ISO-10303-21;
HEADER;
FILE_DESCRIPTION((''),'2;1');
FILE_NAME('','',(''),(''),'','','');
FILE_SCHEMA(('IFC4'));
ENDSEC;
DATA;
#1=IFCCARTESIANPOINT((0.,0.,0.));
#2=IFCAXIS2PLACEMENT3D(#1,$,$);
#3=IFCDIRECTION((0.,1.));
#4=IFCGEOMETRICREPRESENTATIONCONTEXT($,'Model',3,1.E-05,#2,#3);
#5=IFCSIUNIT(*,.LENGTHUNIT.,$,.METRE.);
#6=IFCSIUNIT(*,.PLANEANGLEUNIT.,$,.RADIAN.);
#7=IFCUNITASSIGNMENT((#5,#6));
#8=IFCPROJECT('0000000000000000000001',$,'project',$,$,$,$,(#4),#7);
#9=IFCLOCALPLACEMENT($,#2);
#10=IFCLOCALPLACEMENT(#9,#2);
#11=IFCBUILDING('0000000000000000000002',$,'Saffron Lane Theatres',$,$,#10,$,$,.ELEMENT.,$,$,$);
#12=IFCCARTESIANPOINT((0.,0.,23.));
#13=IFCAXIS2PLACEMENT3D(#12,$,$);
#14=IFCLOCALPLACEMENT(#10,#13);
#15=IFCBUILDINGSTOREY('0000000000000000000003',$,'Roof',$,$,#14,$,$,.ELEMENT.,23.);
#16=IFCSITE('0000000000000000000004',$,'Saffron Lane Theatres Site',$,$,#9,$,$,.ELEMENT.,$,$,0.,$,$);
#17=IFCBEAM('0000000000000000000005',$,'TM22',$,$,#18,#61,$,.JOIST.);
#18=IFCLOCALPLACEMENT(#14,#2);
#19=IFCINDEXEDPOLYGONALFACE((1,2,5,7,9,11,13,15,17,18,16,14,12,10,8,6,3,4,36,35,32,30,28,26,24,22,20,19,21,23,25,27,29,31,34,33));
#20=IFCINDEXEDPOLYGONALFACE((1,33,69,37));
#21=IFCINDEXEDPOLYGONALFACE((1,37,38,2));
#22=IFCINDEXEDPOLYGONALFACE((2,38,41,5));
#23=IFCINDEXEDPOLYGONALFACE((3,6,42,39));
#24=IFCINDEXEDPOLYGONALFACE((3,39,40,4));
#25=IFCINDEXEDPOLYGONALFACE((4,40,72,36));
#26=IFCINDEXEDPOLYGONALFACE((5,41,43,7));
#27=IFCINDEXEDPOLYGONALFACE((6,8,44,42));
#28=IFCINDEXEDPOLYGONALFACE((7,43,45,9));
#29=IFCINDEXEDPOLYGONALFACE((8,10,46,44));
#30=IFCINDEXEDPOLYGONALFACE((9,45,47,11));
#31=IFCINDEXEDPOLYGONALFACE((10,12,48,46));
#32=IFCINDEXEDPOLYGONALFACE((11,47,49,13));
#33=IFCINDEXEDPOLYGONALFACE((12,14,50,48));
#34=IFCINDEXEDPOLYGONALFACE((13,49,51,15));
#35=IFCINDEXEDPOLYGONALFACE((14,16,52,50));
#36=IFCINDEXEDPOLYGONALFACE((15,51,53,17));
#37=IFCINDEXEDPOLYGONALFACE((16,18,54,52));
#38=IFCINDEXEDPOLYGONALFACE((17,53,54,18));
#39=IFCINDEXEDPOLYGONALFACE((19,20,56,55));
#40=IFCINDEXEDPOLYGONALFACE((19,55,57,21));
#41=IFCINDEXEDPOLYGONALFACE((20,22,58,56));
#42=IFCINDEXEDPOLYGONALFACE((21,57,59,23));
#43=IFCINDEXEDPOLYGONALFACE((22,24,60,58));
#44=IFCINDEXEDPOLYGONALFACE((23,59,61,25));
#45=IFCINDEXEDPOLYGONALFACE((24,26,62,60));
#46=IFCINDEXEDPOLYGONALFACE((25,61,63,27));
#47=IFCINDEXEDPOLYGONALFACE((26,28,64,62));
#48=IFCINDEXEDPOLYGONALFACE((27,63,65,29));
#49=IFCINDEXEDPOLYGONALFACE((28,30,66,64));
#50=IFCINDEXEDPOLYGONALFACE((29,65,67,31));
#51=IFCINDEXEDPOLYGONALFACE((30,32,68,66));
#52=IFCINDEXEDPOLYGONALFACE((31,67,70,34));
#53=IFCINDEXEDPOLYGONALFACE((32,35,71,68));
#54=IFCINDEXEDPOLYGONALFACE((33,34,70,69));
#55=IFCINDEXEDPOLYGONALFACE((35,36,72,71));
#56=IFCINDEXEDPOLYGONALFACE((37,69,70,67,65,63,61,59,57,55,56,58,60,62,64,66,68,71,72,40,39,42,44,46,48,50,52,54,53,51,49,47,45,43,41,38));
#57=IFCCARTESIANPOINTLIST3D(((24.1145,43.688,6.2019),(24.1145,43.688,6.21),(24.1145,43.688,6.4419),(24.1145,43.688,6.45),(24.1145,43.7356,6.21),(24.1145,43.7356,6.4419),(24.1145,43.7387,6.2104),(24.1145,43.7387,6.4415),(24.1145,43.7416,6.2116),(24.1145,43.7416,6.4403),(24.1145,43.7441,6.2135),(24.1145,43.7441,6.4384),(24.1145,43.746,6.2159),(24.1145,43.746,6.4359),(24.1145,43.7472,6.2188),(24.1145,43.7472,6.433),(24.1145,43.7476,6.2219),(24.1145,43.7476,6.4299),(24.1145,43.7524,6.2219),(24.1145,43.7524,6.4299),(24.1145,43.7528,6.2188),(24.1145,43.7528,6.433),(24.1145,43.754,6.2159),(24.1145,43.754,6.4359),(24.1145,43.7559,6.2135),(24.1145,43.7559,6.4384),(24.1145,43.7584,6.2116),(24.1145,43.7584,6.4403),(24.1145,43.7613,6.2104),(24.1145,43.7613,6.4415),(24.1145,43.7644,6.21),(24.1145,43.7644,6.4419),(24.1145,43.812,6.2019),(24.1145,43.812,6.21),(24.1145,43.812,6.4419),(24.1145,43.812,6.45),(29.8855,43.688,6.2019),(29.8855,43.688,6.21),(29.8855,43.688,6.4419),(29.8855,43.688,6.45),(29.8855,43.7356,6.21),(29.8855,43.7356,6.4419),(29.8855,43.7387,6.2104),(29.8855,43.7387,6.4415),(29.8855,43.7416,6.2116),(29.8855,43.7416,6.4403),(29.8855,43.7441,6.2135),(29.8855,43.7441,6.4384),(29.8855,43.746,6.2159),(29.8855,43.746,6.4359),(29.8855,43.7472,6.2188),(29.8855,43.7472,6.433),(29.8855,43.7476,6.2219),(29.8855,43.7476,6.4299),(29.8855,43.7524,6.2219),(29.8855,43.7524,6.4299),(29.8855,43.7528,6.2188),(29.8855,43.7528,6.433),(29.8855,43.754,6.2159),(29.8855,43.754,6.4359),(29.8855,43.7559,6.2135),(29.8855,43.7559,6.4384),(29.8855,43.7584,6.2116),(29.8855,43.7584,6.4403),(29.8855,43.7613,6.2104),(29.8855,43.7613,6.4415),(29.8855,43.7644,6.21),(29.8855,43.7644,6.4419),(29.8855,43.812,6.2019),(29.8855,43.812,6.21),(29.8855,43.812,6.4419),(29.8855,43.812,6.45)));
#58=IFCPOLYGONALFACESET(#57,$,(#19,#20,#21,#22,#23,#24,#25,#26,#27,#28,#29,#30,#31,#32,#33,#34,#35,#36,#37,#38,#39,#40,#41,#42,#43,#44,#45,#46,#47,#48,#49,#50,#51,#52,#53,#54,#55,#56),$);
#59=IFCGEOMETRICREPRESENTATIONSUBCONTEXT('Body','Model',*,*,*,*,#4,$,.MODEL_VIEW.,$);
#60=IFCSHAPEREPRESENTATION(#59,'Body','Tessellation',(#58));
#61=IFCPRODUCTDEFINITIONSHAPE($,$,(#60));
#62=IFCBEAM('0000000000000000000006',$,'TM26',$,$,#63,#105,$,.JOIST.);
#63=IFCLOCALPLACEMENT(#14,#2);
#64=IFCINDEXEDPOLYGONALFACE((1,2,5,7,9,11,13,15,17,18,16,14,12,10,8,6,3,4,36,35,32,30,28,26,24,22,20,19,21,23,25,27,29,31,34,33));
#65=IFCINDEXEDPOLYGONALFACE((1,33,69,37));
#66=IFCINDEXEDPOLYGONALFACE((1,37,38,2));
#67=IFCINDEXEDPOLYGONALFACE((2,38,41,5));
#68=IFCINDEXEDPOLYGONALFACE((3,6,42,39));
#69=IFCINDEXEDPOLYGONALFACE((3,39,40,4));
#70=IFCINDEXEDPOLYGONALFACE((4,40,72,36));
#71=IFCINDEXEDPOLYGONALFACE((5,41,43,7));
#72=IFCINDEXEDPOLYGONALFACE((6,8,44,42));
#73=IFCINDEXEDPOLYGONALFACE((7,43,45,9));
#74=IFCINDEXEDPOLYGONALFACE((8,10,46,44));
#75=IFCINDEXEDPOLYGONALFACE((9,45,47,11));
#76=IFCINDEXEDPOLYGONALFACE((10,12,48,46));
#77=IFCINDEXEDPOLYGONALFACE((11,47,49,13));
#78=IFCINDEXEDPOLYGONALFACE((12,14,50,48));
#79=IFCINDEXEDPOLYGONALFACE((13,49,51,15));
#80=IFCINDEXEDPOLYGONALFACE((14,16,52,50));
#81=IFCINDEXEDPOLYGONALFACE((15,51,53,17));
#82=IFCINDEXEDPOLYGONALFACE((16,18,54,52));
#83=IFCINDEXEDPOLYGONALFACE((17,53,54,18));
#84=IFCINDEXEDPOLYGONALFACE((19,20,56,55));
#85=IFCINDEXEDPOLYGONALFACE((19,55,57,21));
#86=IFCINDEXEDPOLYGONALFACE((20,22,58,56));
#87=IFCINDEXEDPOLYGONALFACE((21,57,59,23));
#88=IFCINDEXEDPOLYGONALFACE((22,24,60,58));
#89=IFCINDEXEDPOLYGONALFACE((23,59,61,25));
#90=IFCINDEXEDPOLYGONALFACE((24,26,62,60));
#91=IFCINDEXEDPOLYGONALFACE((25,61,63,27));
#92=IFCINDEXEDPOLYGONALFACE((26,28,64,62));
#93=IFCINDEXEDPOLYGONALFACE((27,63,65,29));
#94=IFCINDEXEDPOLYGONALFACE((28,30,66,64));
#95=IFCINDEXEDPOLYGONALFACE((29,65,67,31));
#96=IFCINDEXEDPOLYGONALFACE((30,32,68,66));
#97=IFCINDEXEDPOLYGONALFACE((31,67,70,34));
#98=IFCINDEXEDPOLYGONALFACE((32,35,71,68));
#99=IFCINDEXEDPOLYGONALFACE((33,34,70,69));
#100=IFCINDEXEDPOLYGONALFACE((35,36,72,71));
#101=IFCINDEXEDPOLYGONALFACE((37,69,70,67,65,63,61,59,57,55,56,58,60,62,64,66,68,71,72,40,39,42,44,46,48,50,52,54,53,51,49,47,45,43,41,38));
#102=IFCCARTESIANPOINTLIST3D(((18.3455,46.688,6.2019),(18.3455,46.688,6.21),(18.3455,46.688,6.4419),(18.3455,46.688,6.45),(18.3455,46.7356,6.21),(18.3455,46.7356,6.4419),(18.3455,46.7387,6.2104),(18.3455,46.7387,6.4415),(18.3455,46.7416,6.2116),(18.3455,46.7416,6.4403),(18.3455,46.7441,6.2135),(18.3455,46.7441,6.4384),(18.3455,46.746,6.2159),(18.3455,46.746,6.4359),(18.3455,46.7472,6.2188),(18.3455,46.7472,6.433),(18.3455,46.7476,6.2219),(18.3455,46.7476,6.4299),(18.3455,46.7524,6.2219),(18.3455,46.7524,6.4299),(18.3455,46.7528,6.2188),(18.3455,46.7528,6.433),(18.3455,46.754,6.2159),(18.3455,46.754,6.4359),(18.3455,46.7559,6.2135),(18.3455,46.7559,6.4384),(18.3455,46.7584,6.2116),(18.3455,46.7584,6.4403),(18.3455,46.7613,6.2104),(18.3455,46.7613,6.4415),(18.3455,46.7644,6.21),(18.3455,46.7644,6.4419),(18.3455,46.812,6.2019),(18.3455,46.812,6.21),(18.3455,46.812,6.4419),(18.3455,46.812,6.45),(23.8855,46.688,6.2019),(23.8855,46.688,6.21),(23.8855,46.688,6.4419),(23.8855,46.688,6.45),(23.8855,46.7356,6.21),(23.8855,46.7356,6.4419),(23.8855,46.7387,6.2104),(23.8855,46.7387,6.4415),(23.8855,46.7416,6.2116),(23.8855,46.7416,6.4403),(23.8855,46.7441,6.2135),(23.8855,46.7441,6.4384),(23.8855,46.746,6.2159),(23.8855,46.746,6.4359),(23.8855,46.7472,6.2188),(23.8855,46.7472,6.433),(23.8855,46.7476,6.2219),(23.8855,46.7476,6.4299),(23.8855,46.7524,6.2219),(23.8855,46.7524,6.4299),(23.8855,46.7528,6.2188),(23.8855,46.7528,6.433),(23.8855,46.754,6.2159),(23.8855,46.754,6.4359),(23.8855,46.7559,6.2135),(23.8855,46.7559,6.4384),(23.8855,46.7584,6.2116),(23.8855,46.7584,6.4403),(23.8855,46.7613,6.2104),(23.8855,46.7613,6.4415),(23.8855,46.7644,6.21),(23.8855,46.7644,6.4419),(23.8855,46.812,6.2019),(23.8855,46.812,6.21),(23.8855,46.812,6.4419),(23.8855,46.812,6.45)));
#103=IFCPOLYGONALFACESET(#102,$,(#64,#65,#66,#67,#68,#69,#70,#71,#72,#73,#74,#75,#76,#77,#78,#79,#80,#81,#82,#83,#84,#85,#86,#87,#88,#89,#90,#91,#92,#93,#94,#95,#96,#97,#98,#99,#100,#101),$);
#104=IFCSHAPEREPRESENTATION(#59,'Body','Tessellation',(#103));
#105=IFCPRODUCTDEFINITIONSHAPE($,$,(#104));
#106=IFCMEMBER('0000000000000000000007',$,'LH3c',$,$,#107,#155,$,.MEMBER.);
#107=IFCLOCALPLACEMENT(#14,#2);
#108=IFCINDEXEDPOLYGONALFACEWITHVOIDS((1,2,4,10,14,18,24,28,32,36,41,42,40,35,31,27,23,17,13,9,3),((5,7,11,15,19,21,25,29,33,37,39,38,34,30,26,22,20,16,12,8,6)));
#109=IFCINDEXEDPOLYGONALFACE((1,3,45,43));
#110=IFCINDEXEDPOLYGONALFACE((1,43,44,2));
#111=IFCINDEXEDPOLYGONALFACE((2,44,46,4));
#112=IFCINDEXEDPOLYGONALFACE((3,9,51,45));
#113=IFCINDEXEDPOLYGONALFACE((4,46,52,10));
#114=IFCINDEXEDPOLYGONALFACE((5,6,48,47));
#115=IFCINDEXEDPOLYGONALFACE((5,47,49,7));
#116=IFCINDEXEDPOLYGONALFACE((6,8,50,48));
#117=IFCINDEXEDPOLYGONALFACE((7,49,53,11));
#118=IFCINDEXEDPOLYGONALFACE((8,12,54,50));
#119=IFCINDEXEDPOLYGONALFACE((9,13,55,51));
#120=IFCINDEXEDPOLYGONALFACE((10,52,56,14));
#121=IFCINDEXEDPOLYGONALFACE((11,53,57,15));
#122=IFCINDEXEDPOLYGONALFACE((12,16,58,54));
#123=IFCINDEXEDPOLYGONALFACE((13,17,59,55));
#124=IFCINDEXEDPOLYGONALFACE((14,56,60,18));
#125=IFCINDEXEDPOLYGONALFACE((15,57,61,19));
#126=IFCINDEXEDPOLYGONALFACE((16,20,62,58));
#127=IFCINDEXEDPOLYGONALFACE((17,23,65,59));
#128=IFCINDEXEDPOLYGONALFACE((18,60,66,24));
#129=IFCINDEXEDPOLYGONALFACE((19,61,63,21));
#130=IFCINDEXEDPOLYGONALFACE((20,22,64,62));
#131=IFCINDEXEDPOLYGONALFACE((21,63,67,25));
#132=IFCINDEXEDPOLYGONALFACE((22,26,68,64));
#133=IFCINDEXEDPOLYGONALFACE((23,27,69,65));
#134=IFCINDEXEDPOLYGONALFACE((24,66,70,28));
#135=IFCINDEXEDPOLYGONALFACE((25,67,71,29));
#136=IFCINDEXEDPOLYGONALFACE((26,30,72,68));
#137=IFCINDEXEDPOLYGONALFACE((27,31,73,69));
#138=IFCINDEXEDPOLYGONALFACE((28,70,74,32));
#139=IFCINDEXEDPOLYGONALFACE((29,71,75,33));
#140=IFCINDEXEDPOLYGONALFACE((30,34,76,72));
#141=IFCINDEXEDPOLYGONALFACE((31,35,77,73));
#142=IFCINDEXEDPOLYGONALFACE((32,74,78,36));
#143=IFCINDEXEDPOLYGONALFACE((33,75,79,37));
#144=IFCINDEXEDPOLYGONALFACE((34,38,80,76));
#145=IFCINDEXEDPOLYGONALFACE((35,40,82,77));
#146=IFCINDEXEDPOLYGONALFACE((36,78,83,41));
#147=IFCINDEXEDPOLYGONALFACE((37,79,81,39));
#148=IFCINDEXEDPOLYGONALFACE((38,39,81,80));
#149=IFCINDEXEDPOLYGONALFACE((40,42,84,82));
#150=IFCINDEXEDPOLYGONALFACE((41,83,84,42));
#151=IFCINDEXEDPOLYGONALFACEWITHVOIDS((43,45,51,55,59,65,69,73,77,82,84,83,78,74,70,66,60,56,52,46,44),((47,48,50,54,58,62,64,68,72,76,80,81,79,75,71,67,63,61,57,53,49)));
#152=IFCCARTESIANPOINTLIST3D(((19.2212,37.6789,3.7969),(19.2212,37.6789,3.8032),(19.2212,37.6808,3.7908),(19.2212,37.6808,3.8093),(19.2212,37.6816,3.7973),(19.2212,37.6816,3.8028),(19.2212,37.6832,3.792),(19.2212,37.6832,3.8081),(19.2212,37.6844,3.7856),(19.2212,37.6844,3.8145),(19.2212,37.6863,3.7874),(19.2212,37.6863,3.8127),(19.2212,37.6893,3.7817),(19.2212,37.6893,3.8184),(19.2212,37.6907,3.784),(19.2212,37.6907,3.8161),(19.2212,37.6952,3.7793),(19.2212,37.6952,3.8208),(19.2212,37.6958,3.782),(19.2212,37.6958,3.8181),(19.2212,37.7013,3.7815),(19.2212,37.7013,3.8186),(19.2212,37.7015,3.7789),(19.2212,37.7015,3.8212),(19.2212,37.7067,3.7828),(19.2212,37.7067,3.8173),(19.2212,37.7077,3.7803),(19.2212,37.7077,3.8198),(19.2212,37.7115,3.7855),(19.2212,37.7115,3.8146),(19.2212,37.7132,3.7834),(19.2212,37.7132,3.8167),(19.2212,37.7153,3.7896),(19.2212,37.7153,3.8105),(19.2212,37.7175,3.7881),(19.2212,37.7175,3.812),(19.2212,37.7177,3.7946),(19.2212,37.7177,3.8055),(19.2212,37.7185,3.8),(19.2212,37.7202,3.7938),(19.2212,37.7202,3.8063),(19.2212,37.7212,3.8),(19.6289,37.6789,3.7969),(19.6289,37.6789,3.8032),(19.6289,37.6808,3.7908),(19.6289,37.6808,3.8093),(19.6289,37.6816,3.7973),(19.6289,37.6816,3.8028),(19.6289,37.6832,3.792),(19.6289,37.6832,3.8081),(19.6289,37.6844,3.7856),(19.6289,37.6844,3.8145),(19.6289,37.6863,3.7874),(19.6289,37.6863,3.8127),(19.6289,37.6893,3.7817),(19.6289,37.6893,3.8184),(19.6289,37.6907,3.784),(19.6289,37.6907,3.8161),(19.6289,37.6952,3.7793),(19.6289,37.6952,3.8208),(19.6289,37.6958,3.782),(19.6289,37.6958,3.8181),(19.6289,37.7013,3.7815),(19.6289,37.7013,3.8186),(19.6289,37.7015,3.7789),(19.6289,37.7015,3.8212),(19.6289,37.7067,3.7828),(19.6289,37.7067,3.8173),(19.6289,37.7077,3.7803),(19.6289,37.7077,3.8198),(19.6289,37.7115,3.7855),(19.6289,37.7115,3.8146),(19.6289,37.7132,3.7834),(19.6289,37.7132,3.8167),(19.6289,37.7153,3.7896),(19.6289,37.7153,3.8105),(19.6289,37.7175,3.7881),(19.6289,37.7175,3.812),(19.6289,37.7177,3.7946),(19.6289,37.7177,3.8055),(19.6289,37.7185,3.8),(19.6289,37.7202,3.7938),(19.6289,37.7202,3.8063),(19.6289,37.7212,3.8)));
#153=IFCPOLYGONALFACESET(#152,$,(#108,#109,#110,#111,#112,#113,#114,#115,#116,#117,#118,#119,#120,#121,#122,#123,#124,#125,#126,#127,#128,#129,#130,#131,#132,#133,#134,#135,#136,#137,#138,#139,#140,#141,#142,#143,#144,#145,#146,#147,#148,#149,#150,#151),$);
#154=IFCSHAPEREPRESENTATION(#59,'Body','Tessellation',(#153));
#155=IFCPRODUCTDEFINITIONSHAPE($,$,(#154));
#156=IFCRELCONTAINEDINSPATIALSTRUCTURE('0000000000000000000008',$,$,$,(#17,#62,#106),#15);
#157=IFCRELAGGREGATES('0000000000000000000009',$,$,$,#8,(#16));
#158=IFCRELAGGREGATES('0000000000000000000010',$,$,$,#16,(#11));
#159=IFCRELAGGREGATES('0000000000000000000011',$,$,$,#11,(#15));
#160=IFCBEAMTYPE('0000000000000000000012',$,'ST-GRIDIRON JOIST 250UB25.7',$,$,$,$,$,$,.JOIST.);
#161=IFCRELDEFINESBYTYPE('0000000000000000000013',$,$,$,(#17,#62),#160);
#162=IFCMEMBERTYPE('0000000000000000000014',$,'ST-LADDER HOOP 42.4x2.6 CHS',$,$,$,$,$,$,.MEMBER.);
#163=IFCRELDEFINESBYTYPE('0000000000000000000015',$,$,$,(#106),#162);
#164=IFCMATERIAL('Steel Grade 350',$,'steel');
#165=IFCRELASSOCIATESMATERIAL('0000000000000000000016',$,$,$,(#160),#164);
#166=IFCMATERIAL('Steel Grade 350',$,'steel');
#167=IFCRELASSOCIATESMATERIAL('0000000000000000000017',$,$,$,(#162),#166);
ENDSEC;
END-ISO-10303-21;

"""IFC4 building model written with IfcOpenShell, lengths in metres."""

from ifc_helpers import new_model, si_unit, direction, frame, origin, origin_2d, place, context, subcontext, project, spatial, hollow_circle, i_section, extrude, material, material_profile, profile_set, type_object, element, save


model = new_model("IFC4")

# Units and contexts
model_context = context("Model", 3, precision=1e-05, world=origin(), true_north=direction((0.0, 1.0)))
body_context = subcontext(model_context, "Body", "Model", "MODEL_VIEW")
ifc_project = project(units=[si_unit("LENGTHUNIT", "METRE"), si_unit("PLANEANGLEUNIT", "RADIAN")], contexts=[model_context])

# Site, building, storey
site_placement = place(None, origin())
site = spatial("IfcSite", under=ifc_project, at=site_placement, Name="Saffron Lane Theatres Site", CompositionType="ELEMENT", RefElevation=0.0)
building_placement = place(site_placement, origin())
building = spatial("IfcBuilding", under=site, at=building_placement, Name="Saffron Lane Theatres", CompositionType="ELEMENT")
storey_placement = place(building_placement, frame((0.0, 0.0, 23.0)))
storey = spatial("IfcBuildingStorey", under=building, at=storey_placement, Name="Roof", CompositionType="ELEMENT", Elevation=23.0)

# Beams
ifc_material_1 = material(Name="Steel Grade 350", Category="steel")
ifc_material_profile_1 = material_profile(ifc_material_1, i_section(OverallWidth=0.124, OverallDepth=0.248, WebThickness=0.0049, FlangeThickness=0.0081, FilletRadius=0.012, at=origin_2d()))
ifc_profile_set_1 = profile_set([ifc_material_profile_1], Name="Steel Grade 350")
beam_type_1 = type_object("IfcBeamType", Name="ST-GRIDIRON JOIST 250UB25.7", PredefinedType="JOIST", material=ifc_profile_set_1)
beam_1_placement = place(storey_placement, frame((24.1145, 43.75, 6.3259), z_axis=(1.0, 0.0, 0.0), x_axis=(0.0, 1.0, 0.0)))
element("IfcBeam", 1, at=beam_1_placement, inside=storey, type_object=beam_type_1, Name="TM22", PredefinedType="JOIST", context=body_context, shape_type="SweptSolid", body=[
    extrude(i_section(OverallWidth=0.124, OverallDepth=0.248, WebThickness=0.0049, FlangeThickness=0.0081, FilletRadius=0.012, at=origin_2d()), origin(), (0.0, 0.0, 1.0), 5.771),
])
beam_2_placement = place(storey_placement, frame((18.3455, 46.75, 6.3259), z_axis=(1.0, 0.0, 0.0), x_axis=(0.0, 1.0, 0.0)))
element("IfcBeam", 2, at=beam_2_placement, inside=storey, type_object=beam_type_1, Name="TM26", PredefinedType="JOIST", context=body_context, shape_type="SweptSolid", body=[
    extrude(i_section(OverallWidth=0.124, OverallDepth=0.248, WebThickness=0.0049, FlangeThickness=0.0081, FilletRadius=0.012, at=origin_2d()), origin(), (0.0, 0.0, 1.0), 5.54),
])

# Member
ifc_material_2 = material(Name="Steel Grade 350", Category="steel")
ifc_material_profile_2 = material_profile(ifc_material_2, hollow_circle(Radius=0.0212, WallThickness=0.0027, at=origin_2d()))
ifc_profile_set_2 = profile_set([ifc_material_profile_2], Name="Steel Grade 350")
member_type = type_object("IfcMemberType", Name="ST-LADDER HOOP 42.4x2.6 CHS", PredefinedType="MEMBER", material=ifc_profile_set_2)
for number, where, z_axis, x_axis, name in (
    (3, (19.2212, 37.7, 3.8), (1.0, 0.0, 0.0), (0.0, 1.0, 0.0), "LH3c"),
):
    element("IfcMember", number, at=place(storey_placement, frame(where, z_axis=z_axis, x_axis=x_axis)), inside=storey, type_object=member_type, Name=name, PredefinedType="MEMBER", context=body_context, shape_type="SweptSolid", body=[
        extrude(hollow_circle(Radius=0.0212, WallThickness=0.0027, at=origin_2d()), origin(), (0.0, 0.0, 1.0), 0.4077),
    ])

save(model, "model.ifc")
